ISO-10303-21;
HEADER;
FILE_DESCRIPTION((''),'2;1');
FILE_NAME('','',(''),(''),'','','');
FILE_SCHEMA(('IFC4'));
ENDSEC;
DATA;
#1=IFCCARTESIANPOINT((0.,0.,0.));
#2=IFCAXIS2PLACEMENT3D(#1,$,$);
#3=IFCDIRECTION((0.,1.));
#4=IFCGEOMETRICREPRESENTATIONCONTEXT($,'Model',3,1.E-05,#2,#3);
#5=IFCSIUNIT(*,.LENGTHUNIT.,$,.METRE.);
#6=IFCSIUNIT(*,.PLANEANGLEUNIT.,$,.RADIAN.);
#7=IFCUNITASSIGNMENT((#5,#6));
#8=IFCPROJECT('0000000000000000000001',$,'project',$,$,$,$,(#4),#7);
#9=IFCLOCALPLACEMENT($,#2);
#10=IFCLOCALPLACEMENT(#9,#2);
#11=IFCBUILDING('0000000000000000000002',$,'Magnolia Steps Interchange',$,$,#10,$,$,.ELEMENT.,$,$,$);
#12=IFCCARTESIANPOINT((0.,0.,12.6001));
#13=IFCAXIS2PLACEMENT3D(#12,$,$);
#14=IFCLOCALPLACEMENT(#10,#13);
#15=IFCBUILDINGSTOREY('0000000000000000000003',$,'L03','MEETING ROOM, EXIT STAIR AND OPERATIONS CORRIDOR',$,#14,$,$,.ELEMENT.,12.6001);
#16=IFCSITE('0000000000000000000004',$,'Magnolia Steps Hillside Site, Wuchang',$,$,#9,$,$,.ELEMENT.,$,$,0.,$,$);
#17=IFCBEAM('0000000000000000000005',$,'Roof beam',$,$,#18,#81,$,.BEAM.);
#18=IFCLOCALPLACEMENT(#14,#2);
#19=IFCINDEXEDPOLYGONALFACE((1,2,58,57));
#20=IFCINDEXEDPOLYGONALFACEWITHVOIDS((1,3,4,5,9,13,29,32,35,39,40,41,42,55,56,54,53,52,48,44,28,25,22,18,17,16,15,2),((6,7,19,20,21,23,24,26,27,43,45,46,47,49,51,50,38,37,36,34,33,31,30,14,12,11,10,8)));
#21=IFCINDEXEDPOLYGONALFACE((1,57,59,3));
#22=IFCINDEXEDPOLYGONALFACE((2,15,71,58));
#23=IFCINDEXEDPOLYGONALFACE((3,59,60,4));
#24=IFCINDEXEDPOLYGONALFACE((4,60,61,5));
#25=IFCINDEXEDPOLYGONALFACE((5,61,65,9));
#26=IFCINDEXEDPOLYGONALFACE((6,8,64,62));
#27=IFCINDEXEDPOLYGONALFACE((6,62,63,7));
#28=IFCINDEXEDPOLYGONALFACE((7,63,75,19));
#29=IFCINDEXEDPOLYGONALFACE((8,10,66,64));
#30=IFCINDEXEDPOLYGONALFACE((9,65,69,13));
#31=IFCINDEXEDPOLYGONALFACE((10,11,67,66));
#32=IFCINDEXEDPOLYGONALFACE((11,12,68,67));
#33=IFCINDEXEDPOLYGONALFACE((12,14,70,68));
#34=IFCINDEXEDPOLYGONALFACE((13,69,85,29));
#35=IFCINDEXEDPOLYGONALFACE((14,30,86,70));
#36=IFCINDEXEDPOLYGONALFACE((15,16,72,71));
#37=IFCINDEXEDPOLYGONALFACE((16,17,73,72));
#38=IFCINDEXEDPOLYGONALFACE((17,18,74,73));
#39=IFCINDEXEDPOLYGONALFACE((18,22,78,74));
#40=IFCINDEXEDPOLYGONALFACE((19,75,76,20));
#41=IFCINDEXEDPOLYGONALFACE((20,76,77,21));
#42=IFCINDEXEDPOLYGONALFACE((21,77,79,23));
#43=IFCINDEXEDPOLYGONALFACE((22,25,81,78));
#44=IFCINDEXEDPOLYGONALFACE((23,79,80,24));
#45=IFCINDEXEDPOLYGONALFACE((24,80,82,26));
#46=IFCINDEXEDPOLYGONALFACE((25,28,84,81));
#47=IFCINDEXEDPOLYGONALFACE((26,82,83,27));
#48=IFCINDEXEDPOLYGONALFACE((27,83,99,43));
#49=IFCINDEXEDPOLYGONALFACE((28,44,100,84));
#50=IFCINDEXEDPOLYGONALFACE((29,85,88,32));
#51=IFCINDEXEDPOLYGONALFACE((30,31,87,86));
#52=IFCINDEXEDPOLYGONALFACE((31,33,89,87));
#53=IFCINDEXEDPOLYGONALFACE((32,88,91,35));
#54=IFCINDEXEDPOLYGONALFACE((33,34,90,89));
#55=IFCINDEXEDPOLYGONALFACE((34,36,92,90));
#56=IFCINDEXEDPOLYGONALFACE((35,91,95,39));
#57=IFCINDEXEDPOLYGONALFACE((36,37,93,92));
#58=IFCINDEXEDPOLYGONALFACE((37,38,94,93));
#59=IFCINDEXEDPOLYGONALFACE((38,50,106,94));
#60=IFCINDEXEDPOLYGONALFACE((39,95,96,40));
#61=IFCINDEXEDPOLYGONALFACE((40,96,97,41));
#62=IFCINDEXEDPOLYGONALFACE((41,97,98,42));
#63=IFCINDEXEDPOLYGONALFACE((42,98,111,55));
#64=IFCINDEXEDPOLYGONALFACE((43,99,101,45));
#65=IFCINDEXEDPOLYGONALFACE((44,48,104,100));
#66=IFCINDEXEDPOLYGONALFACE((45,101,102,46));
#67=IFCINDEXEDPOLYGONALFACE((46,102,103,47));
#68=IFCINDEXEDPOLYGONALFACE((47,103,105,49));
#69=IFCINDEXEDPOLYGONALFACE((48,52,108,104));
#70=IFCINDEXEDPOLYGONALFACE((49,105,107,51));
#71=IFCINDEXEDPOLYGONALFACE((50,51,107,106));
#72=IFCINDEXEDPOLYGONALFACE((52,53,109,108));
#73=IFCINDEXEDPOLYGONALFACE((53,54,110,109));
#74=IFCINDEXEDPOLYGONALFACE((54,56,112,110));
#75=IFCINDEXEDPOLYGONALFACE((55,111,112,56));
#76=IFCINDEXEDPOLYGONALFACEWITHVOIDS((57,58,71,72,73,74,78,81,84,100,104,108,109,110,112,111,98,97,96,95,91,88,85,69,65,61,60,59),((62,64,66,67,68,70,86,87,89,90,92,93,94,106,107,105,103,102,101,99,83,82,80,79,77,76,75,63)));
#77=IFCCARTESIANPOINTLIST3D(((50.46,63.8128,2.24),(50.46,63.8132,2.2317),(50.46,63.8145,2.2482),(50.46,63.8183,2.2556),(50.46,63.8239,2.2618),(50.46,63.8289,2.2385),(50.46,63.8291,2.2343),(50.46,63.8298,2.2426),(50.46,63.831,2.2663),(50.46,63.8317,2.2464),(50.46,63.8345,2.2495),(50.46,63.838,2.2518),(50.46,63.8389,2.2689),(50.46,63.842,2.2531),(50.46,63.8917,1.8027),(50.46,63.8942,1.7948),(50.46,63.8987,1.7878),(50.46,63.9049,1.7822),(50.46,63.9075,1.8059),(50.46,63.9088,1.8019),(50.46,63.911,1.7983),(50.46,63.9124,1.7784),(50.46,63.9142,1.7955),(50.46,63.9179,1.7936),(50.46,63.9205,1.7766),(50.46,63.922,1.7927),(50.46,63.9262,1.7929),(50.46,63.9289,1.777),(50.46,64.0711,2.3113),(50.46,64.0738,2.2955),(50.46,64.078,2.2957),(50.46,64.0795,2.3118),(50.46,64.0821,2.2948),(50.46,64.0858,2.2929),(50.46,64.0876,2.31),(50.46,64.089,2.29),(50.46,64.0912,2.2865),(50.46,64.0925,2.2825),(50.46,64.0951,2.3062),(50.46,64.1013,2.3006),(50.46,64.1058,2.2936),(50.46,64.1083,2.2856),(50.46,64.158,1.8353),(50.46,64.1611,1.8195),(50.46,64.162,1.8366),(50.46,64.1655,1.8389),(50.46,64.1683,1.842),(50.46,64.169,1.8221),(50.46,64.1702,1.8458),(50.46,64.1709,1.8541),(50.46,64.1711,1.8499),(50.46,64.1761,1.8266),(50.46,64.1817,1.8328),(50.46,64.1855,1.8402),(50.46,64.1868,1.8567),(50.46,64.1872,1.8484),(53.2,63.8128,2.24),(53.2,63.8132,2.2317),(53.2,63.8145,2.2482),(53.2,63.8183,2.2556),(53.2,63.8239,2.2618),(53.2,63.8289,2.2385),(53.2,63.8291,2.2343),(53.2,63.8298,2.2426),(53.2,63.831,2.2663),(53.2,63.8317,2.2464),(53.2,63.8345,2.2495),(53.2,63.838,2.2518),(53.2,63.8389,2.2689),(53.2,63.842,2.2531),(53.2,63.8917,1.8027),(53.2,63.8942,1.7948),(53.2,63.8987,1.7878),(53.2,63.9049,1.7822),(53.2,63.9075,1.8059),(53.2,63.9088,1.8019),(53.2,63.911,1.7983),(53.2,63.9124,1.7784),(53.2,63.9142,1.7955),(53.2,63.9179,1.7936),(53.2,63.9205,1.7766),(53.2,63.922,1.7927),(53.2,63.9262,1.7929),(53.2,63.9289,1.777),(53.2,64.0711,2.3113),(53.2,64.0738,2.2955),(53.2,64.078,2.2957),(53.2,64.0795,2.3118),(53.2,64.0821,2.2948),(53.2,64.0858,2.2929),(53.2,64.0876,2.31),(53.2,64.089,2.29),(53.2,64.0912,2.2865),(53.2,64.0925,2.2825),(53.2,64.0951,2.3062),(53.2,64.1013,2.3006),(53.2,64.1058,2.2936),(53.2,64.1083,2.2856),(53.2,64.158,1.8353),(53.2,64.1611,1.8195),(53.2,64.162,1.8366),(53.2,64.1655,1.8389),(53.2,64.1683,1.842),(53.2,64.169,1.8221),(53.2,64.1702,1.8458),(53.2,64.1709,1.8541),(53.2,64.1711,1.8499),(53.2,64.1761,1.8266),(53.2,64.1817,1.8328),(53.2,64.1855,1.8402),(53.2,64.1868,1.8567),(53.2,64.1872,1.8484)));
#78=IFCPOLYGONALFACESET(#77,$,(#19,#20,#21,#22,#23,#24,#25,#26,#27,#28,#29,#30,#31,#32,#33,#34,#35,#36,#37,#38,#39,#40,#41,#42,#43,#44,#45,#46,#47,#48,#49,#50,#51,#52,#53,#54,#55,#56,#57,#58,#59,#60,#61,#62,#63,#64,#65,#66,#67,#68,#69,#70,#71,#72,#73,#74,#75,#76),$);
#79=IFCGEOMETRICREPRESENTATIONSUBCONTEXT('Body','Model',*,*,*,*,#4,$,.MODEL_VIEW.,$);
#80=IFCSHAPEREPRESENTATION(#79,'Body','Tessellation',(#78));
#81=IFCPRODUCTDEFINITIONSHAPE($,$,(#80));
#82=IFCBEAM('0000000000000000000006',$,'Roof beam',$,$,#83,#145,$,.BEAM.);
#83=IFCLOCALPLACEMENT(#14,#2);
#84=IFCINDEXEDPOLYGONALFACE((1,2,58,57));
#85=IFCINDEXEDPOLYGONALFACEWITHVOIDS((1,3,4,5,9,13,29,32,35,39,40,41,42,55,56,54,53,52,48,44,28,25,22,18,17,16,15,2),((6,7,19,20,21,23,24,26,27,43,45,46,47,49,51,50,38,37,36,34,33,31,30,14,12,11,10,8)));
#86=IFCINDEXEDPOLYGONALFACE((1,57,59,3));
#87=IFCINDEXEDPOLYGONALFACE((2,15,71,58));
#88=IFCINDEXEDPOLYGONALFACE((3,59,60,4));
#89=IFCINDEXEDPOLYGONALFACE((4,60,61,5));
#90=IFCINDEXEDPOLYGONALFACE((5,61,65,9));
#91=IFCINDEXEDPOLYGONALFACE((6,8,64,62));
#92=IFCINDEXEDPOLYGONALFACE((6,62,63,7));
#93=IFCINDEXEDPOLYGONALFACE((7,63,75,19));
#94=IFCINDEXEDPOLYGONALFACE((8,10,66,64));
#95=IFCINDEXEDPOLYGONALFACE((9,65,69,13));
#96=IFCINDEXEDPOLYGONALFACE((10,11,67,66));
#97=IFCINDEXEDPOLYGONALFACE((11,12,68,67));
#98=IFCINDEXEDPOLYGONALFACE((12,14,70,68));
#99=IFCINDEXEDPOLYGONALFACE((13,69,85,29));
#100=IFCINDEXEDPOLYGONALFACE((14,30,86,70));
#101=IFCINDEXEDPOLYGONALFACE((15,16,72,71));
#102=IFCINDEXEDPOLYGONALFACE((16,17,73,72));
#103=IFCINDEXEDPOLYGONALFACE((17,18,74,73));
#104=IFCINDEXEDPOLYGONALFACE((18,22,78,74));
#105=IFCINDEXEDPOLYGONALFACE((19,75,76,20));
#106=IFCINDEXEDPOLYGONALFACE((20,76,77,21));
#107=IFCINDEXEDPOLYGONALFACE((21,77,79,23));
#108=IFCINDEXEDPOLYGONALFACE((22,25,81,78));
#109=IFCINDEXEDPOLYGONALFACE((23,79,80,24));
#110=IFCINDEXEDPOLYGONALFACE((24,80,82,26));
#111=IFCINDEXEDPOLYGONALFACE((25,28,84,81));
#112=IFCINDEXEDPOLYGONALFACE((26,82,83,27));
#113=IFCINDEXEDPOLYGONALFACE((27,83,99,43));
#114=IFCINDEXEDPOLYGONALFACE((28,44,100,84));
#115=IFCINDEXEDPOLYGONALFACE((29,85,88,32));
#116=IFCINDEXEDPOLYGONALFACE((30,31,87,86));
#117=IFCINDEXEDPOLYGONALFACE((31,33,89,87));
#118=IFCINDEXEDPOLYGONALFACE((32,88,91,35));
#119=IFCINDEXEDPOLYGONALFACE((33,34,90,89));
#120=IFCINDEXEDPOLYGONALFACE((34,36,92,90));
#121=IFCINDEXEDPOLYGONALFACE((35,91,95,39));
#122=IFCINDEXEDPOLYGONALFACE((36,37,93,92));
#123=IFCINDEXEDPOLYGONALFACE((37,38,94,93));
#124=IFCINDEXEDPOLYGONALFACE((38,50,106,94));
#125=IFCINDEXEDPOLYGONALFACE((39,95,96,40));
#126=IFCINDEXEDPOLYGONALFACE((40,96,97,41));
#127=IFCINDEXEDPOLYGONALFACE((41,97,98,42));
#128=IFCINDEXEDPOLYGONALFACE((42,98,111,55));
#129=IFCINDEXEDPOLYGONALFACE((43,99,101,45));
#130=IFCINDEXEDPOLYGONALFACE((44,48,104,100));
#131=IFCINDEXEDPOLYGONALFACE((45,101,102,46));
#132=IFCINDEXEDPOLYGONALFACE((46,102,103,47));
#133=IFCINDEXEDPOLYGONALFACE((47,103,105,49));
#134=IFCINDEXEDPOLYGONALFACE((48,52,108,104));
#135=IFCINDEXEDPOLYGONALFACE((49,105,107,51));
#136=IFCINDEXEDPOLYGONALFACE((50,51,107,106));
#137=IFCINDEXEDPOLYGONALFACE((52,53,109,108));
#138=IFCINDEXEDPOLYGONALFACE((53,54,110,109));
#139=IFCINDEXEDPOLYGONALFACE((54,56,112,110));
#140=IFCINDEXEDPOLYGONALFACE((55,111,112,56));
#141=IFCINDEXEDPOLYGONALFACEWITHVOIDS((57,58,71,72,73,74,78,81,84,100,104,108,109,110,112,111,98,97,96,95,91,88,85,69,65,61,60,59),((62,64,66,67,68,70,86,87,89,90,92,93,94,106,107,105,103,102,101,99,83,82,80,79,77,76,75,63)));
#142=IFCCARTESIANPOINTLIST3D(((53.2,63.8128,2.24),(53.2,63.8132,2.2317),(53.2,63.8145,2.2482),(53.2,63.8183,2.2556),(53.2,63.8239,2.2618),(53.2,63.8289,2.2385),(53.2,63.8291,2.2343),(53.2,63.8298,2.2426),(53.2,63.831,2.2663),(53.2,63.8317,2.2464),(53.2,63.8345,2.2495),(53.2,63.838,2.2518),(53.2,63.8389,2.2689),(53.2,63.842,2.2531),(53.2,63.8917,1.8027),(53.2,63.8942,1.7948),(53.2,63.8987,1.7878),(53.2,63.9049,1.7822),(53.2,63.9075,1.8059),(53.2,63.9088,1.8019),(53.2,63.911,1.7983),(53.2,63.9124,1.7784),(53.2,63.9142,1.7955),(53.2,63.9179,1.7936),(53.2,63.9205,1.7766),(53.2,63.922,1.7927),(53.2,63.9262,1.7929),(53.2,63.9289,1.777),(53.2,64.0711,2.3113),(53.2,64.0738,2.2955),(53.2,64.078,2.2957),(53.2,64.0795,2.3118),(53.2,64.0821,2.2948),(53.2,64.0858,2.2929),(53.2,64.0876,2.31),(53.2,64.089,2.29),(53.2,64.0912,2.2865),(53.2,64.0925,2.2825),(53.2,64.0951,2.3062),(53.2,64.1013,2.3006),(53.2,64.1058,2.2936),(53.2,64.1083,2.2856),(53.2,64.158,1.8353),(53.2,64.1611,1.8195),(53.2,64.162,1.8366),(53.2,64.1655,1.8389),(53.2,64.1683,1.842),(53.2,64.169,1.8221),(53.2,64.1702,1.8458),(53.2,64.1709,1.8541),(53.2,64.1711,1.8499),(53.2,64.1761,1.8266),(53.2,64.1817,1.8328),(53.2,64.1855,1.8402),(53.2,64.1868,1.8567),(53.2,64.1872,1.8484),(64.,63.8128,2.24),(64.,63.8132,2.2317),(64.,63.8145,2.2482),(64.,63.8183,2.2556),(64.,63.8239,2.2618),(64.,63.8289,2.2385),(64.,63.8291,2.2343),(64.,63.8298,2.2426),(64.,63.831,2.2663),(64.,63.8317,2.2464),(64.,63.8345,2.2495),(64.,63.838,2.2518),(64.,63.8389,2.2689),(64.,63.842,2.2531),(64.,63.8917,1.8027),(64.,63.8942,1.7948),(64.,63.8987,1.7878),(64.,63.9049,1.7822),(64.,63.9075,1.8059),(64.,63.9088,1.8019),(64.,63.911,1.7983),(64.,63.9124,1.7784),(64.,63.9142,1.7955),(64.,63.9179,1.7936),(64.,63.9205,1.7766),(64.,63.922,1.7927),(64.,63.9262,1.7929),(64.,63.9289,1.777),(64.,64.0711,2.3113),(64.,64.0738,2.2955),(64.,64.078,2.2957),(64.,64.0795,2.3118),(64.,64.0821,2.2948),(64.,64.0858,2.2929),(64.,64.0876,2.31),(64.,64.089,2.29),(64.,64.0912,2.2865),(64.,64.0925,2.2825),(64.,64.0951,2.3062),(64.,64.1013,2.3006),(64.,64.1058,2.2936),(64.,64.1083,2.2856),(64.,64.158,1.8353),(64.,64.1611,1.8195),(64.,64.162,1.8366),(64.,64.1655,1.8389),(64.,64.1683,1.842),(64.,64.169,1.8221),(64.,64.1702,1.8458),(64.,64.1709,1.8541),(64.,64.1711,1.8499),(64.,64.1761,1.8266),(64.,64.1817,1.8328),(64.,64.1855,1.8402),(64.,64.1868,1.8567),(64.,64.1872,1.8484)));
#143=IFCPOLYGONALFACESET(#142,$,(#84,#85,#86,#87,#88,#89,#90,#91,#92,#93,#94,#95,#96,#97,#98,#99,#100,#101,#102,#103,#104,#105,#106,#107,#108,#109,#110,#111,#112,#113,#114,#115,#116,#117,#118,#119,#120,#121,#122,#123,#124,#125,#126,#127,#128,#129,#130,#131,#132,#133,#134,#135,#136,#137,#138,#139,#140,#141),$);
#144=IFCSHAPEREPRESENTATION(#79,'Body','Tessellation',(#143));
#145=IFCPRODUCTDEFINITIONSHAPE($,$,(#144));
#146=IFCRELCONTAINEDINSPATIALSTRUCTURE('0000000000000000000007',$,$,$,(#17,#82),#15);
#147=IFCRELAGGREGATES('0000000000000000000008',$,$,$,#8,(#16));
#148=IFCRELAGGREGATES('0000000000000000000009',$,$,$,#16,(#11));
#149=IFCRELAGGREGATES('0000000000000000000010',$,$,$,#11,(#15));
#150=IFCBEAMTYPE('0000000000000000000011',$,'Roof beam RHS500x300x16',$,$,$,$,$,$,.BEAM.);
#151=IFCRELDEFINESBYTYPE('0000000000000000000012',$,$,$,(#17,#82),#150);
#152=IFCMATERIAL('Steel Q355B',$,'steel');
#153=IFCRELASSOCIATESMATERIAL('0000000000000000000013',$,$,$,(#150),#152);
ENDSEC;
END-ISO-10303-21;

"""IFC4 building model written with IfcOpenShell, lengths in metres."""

from ifc_helpers import new_model, si_unit, direction, frame, origin, origin_2d, place, context, subcontext, project, spatial, hollow_rectangle, extrude, material, material_profile, profile_set, type_object, element, save


model = new_model("IFC4")

# Units and contexts
model_context = context("Model", 3, precision=1e-05, world=origin(), true_north=direction((0.0, 1.0)))
body_context = subcontext(model_context, "Body", "Model", "MODEL_VIEW")
ifc_project = project(units=[si_unit("LENGTHUNIT", "METRE"), si_unit("PLANEANGLEUNIT", "RADIAN")], contexts=[model_context])

# Site, building, storey
site_placement = place(None, origin())
site = spatial("IfcSite", under=ifc_project, at=site_placement, Name="Magnolia Steps Hillside Site, Wuchang", CompositionType="ELEMENT", RefElevation=0.0)
building_placement = place(site_placement, origin())
building = spatial("IfcBuilding", under=site, at=building_placement, Name="Magnolia Steps Interchange", CompositionType="ELEMENT")
storey_placement = place(building_placement, frame((0.0, 0.0, 12.6001)))
storey = spatial("IfcBuildingStorey", under=building, at=storey_placement, Name="L03", Description="MEETING ROOM, EXIT STAIR AND OPERATIONS CORRIDOR", CompositionType="ELEMENT", Elevation=12.6001)

# Beams
ifc_material_1 = material(Name="Steel Q355B", Category="steel")
ifc_material_profile_1 = material_profile(ifc_material_1, hollow_rectangle(XDim=0.3, YDim=0.5, WallThickness=0.0161, InnerFilletRadius=0.0161, OuterFilletRadius=0.032, at=origin_2d()), Name="RHS500x300x16")
ifc_profile_set_1 = profile_set([ifc_material_profile_1], Name="Steel Q355B")
beam_type_1 = type_object("IfcBeamType", Name="Roof beam RHS500x300x16", PredefinedType="BEAM", material=ifc_profile_set_1)
beam_1_placement = place(storey_placement, frame((50.46, 64.0, 2.0442), z_axis=(1.0, 0.0, 0.0), x_axis=(0.0, 0.983677, 0.179941)))
element("IfcBeam", 1, at=beam_1_placement, inside=storey, type_object=beam_type_1, Name="Roof beam", PredefinedType="BEAM", context=body_context, shape_type="SweptSolid", body=[
    extrude(hollow_rectangle(XDim=0.3, YDim=0.5, WallThickness=0.0161, InnerFilletRadius=0.0161, OuterFilletRadius=0.032, at=origin_2d()), origin(), (0.0, 0.0, 1.0), 2.74),
])
for number, where, z_axis, x_axis, name in (
    (2, (53.2, 64.0, 2.0442), (1.0, 0.0, 0.0), (0.0, 0.983677, 0.179941), "Roof beam"),
):
    element("IfcBeam", number, at=place(storey_placement, frame(where, z_axis=z_axis, x_axis=x_axis)), inside=storey, type_object=beam_type_1, Name=name, PredefinedType="BEAM", context=body_context, shape_type="SweptSolid", body=[
        extrude(hollow_rectangle(XDim=0.3, YDim=0.5, WallThickness=0.0161, InnerFilletRadius=0.0161, OuterFilletRadius=0.032, at=origin_2d()), origin(), (0.0, 0.0, 1.0), 10.8),
    ])

save(model, "model.ifc")
